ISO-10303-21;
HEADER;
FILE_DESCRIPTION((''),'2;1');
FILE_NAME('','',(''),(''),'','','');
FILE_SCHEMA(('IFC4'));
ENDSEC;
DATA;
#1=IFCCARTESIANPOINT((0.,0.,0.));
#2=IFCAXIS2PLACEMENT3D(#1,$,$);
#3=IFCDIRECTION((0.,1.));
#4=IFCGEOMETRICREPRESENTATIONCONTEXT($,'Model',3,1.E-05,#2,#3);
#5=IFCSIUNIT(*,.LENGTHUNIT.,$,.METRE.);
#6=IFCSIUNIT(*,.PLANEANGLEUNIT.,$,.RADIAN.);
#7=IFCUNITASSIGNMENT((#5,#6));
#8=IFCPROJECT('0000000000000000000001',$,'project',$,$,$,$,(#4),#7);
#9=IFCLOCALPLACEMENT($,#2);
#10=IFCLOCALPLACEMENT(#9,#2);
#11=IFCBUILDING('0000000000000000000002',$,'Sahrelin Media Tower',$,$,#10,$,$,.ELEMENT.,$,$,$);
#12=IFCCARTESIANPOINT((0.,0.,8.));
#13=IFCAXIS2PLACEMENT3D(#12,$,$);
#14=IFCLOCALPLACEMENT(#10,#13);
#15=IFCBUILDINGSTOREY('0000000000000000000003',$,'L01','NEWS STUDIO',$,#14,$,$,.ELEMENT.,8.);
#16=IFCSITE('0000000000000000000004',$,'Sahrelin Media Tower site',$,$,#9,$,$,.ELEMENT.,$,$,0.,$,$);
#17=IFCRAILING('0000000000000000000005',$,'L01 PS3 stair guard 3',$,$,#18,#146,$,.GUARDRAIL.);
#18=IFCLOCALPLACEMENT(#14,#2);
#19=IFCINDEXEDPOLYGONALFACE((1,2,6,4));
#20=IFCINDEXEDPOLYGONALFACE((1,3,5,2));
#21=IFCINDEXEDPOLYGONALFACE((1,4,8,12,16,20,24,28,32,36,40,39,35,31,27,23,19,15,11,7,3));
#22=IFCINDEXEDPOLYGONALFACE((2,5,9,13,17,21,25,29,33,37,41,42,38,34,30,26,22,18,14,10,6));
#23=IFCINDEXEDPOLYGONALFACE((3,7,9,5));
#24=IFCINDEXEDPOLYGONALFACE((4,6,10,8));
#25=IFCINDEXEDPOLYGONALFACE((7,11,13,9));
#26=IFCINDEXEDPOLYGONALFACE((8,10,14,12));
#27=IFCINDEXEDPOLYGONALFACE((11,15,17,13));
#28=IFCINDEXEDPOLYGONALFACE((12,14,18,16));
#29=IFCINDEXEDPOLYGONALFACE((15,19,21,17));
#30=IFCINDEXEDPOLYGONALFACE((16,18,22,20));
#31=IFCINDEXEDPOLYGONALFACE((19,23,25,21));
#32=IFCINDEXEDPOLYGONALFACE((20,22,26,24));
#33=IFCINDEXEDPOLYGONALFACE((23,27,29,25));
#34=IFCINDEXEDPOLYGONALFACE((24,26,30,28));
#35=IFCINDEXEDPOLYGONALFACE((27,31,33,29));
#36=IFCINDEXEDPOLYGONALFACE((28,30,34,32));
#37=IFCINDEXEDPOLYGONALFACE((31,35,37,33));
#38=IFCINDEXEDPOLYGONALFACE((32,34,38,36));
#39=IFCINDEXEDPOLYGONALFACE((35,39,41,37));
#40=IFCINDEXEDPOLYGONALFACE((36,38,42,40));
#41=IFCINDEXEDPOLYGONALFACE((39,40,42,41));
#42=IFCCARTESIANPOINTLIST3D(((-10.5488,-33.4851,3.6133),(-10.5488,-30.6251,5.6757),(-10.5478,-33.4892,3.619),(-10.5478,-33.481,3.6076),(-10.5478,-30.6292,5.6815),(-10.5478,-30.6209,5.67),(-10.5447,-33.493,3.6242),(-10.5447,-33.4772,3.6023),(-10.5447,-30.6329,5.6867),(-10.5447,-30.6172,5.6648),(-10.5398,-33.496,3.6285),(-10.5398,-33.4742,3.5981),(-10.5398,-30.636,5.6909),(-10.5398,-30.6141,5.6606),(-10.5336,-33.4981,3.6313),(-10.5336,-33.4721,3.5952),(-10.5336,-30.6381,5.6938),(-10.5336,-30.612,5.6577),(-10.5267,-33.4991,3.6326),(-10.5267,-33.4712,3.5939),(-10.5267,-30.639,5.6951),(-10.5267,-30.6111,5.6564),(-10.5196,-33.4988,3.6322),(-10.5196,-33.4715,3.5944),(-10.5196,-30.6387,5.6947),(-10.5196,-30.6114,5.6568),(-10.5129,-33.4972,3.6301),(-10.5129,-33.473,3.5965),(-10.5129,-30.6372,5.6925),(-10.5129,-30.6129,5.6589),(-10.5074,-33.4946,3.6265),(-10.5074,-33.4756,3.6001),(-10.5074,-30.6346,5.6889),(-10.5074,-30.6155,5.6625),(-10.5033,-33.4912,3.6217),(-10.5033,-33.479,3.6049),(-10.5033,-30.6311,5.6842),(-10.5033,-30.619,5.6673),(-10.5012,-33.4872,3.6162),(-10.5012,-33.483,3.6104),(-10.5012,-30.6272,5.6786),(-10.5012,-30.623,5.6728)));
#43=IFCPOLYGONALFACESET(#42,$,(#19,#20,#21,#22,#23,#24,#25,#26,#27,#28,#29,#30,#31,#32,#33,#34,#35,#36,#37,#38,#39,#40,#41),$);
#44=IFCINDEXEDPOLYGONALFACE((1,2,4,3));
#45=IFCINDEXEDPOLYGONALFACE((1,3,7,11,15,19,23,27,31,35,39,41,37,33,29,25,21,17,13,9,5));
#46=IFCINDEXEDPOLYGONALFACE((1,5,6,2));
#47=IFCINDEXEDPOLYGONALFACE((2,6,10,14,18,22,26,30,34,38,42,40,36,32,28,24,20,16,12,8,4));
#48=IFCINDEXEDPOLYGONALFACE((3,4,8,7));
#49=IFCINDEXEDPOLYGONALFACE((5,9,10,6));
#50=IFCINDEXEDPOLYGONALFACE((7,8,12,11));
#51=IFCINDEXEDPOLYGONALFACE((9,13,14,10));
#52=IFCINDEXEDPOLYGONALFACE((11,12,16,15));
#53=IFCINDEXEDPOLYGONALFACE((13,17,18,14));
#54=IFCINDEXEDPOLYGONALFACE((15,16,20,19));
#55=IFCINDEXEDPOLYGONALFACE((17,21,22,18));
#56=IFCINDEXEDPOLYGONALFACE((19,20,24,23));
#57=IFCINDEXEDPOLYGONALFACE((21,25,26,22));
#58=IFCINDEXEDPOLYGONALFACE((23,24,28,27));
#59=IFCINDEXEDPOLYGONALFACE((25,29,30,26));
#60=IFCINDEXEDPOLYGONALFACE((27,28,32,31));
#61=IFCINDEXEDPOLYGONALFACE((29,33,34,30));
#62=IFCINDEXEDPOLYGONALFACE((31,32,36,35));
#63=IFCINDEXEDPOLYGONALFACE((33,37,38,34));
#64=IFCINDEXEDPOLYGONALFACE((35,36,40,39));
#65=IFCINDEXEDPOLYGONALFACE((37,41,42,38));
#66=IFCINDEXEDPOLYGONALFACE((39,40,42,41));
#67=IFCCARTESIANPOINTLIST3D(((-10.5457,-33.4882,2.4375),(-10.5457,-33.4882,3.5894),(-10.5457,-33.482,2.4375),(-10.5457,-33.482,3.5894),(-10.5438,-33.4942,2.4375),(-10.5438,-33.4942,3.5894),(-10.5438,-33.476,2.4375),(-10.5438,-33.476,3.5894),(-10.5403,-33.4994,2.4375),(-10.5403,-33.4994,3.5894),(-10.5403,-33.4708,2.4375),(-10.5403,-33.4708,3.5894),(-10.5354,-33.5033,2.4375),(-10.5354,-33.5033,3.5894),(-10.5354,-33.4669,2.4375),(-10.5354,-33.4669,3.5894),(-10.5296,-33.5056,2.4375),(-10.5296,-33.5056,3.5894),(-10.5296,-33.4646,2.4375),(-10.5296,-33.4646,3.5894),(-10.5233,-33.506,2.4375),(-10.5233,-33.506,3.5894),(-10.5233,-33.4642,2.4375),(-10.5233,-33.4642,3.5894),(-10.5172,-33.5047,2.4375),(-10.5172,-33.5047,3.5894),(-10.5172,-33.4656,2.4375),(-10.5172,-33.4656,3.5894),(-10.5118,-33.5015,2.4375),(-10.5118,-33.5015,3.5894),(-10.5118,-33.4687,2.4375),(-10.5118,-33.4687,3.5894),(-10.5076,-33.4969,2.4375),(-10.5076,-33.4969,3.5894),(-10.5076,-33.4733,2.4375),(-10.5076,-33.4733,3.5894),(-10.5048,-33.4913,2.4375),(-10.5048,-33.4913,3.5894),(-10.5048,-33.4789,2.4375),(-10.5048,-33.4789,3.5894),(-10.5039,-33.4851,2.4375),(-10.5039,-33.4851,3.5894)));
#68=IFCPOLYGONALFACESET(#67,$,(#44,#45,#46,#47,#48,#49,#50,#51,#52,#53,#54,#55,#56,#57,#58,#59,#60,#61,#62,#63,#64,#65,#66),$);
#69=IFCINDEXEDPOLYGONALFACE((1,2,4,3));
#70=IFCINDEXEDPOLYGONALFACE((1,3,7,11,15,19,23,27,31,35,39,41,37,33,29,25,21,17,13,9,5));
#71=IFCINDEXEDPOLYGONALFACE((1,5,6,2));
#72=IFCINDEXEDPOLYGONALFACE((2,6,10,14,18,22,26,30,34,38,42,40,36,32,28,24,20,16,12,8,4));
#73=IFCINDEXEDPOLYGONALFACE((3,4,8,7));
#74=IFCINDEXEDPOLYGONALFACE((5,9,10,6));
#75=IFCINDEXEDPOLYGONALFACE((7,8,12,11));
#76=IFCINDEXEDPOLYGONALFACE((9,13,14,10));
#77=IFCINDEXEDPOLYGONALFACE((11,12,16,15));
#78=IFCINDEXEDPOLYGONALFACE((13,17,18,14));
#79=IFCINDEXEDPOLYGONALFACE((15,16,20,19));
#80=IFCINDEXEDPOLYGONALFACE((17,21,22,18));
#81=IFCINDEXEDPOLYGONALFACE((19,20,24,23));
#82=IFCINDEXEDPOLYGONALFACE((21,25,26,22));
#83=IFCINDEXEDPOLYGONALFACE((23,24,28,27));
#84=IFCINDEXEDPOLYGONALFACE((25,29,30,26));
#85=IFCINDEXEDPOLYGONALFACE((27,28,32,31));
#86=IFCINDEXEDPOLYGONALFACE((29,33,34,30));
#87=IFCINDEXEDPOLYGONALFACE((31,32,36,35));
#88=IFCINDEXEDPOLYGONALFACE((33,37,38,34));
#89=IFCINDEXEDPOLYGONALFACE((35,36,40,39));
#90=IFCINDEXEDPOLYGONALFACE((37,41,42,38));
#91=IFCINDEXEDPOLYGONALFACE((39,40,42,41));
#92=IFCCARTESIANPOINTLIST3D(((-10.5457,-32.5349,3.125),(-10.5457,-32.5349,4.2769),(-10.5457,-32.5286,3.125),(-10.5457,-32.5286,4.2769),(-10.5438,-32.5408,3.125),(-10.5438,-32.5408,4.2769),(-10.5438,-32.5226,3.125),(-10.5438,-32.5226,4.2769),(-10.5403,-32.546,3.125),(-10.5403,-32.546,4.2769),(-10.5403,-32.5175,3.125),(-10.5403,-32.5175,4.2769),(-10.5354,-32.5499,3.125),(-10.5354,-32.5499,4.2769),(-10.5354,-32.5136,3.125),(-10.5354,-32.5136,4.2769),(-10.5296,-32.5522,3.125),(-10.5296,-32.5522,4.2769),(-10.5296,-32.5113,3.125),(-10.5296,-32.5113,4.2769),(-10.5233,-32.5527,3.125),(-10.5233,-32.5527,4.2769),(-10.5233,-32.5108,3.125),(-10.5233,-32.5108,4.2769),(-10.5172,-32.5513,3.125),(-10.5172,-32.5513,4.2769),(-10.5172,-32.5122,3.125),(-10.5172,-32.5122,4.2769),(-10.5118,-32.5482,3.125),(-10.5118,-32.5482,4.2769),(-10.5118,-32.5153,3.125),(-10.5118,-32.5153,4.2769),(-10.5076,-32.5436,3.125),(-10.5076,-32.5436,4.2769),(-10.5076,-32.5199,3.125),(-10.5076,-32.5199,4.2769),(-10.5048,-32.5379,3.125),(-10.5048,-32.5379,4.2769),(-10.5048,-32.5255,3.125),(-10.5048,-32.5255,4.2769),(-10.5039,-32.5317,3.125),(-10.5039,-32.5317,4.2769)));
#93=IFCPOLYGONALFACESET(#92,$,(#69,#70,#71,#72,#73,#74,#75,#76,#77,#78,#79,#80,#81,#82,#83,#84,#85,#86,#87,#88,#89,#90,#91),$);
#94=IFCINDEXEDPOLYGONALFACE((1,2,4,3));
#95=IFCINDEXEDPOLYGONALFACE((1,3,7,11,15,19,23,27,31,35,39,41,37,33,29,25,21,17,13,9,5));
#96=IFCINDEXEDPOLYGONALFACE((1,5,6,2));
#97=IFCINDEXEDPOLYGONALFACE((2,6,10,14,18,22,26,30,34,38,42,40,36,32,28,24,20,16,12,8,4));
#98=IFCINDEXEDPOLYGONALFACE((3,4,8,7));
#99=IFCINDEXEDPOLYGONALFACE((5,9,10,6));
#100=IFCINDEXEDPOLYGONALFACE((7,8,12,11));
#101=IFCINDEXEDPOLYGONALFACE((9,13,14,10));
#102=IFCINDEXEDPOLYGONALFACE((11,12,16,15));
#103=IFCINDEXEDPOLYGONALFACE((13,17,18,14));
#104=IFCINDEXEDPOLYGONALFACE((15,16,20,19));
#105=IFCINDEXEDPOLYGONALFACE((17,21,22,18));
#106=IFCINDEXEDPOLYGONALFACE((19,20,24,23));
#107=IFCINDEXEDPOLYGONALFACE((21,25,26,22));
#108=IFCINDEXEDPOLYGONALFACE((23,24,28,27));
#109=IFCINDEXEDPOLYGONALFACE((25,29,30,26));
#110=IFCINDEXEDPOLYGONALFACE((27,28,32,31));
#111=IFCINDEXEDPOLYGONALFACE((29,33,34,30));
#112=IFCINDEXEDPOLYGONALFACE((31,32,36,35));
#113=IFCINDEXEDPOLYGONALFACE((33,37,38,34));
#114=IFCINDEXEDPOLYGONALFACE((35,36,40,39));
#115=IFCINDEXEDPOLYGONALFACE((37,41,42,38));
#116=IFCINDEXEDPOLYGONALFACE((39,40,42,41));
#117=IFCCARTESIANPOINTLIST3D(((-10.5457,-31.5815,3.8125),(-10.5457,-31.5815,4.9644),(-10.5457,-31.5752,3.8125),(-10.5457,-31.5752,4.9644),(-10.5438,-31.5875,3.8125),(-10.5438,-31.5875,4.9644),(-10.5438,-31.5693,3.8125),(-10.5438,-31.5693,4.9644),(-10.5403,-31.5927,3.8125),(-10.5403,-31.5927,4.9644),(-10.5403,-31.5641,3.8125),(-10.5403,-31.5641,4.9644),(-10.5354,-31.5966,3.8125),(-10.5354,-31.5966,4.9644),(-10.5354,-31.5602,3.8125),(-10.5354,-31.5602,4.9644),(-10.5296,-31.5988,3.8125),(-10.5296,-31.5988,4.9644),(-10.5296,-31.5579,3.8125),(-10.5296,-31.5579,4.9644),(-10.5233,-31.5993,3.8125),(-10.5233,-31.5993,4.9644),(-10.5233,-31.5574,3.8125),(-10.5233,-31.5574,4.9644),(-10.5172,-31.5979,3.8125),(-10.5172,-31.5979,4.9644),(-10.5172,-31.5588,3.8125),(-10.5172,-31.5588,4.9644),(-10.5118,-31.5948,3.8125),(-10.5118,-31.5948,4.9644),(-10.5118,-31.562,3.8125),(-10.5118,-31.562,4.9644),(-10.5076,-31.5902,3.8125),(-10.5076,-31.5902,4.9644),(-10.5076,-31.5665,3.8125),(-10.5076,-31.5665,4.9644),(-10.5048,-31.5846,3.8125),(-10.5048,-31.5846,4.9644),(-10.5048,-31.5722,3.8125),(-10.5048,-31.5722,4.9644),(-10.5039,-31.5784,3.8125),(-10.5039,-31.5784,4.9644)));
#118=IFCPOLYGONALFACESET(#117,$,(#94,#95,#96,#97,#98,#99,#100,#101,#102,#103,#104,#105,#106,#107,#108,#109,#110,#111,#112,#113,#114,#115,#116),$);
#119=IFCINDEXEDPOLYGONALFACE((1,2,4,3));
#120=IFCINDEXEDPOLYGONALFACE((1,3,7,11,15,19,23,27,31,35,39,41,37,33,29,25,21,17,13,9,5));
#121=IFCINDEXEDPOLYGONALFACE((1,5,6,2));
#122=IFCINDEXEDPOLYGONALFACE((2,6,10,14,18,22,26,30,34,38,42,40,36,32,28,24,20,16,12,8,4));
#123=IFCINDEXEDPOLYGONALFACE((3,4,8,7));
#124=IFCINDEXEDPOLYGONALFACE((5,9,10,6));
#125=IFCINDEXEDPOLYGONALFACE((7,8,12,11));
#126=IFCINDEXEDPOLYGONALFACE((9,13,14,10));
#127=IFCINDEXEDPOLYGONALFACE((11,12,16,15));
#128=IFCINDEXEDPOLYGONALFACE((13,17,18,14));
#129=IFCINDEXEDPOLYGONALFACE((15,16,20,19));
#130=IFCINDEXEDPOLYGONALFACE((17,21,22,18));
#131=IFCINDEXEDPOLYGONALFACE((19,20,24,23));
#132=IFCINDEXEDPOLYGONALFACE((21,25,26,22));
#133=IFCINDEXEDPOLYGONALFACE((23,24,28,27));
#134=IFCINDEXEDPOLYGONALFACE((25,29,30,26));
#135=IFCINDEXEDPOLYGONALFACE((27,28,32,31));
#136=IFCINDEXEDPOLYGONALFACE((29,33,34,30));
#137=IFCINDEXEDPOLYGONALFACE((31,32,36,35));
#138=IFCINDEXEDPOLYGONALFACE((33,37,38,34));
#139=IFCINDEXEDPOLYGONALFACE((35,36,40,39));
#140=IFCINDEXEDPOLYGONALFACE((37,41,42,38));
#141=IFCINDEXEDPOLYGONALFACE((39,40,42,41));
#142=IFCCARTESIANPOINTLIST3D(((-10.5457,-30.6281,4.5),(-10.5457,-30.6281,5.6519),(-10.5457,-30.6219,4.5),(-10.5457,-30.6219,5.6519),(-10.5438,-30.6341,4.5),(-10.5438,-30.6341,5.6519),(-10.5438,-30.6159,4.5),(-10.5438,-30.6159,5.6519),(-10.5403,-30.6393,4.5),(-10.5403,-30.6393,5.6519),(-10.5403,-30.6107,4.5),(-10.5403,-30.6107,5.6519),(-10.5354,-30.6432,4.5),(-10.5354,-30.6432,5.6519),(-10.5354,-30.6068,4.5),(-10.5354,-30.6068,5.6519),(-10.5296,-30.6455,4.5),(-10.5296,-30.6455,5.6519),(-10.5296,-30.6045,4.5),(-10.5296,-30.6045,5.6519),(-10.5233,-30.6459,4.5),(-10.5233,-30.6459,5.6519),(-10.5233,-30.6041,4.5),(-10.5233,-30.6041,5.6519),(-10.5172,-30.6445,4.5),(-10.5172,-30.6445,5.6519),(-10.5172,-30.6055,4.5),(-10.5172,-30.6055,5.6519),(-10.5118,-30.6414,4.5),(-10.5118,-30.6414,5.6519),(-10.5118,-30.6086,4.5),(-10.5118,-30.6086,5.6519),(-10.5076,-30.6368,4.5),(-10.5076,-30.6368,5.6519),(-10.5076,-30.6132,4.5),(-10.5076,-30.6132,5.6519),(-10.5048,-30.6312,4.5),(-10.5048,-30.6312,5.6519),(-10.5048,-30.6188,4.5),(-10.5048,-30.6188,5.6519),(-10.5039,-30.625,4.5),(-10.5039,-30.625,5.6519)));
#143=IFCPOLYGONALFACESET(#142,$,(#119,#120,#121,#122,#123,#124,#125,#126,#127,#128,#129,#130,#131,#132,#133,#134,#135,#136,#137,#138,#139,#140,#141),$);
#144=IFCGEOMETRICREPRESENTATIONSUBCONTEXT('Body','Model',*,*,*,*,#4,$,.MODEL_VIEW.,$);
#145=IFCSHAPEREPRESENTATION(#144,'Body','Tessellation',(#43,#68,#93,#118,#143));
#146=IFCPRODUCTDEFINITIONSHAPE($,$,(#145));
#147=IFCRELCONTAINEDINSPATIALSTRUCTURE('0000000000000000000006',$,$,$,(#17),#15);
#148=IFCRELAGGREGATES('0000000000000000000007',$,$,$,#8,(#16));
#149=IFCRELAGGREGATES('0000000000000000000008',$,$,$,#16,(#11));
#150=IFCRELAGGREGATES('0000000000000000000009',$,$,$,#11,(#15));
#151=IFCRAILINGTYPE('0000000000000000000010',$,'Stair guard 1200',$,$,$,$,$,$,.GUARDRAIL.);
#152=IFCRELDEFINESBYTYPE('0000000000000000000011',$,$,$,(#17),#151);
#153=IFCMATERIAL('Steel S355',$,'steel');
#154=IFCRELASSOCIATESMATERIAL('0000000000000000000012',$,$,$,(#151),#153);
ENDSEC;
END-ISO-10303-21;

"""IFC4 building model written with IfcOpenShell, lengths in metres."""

from ifc_helpers import new_model, si_unit, direction, frame, origin, origin_2d, place, context, subcontext, project, spatial, circle, extrude, material, type_object, element, save


model = new_model("IFC4")

# Units and contexts
model_context = context("Model", 3, precision=1e-05, world=origin(), true_north=direction((0.0, 1.0)))
body_context = subcontext(model_context, "Body", "Model", "MODEL_VIEW")
ifc_project = project(units=[si_unit("LENGTHUNIT", "METRE"), si_unit("PLANEANGLEUNIT", "RADIAN")], contexts=[model_context])

# Site, building, storey
site_placement = place(None, origin())
site = spatial("IfcSite", under=ifc_project, at=site_placement, Name="Sahrelin Media Tower site", CompositionType="ELEMENT", RefElevation=0.0)
building_placement = place(site_placement, origin())
building = spatial("IfcBuilding", under=site, at=building_placement, Name="Sahrelin Media Tower", CompositionType="ELEMENT")
storey_placement = place(building_placement, frame((0.0, 0.0, 8.0)))
storey = spatial("IfcBuildingStorey", under=building, at=storey_placement, Name="L01", Description="NEWS STUDIO", CompositionType="ELEMENT", Elevation=8.0)

# Shared definitions
ifc_material_1 = material(Name="Steel S355", Category="steel")

# Railing
railing_type_1 = type_object("IfcRailingType", Name="Stair guard 1200", PredefinedType="GUARDRAIL", material=ifc_material_1)
railing_1_placement = place(storey_placement, frame((-10.5249, -33.4851, 2.4375)))
element("IfcRailing", 1, at=railing_1_placement, inside=storey, type_object=railing_type_1, Name="L01 PS3 stair guard 3", PredefinedType="GUARDRAIL", context=body_context, shape_type="SweptSolid", body=[
    extrude(circle(Radius=0.0239, at=origin_2d()), frame((0.0, 0.0, 1.1758), z_axis=(0.0, 0.811101, 0.584906), x_axis=(-1.0, 0.0, 0.0)), (0.0, 0.0, 1.0), 3.5261),
    extrude(circle(Radius=0.021, at=origin_2d()), origin(), (0.0, 0.0, 1.0), 1.1519),
    extrude(circle(Radius=0.021, at=origin_2d()), frame((0.0, 0.9534, 0.6875)), (0.0, 0.0, 1.0), 1.1519),
    extrude(circle(Radius=0.021, at=origin_2d()), frame((0.0, 1.9067, 1.375)), (0.0, 0.0, 1.0), 1.1519),
    extrude(circle(Radius=0.021, at=origin_2d()), frame((0.0, 2.8601, 2.0625)), (0.0, 0.0, 1.0), 1.1519),
])

save(model, "model.ifc")
